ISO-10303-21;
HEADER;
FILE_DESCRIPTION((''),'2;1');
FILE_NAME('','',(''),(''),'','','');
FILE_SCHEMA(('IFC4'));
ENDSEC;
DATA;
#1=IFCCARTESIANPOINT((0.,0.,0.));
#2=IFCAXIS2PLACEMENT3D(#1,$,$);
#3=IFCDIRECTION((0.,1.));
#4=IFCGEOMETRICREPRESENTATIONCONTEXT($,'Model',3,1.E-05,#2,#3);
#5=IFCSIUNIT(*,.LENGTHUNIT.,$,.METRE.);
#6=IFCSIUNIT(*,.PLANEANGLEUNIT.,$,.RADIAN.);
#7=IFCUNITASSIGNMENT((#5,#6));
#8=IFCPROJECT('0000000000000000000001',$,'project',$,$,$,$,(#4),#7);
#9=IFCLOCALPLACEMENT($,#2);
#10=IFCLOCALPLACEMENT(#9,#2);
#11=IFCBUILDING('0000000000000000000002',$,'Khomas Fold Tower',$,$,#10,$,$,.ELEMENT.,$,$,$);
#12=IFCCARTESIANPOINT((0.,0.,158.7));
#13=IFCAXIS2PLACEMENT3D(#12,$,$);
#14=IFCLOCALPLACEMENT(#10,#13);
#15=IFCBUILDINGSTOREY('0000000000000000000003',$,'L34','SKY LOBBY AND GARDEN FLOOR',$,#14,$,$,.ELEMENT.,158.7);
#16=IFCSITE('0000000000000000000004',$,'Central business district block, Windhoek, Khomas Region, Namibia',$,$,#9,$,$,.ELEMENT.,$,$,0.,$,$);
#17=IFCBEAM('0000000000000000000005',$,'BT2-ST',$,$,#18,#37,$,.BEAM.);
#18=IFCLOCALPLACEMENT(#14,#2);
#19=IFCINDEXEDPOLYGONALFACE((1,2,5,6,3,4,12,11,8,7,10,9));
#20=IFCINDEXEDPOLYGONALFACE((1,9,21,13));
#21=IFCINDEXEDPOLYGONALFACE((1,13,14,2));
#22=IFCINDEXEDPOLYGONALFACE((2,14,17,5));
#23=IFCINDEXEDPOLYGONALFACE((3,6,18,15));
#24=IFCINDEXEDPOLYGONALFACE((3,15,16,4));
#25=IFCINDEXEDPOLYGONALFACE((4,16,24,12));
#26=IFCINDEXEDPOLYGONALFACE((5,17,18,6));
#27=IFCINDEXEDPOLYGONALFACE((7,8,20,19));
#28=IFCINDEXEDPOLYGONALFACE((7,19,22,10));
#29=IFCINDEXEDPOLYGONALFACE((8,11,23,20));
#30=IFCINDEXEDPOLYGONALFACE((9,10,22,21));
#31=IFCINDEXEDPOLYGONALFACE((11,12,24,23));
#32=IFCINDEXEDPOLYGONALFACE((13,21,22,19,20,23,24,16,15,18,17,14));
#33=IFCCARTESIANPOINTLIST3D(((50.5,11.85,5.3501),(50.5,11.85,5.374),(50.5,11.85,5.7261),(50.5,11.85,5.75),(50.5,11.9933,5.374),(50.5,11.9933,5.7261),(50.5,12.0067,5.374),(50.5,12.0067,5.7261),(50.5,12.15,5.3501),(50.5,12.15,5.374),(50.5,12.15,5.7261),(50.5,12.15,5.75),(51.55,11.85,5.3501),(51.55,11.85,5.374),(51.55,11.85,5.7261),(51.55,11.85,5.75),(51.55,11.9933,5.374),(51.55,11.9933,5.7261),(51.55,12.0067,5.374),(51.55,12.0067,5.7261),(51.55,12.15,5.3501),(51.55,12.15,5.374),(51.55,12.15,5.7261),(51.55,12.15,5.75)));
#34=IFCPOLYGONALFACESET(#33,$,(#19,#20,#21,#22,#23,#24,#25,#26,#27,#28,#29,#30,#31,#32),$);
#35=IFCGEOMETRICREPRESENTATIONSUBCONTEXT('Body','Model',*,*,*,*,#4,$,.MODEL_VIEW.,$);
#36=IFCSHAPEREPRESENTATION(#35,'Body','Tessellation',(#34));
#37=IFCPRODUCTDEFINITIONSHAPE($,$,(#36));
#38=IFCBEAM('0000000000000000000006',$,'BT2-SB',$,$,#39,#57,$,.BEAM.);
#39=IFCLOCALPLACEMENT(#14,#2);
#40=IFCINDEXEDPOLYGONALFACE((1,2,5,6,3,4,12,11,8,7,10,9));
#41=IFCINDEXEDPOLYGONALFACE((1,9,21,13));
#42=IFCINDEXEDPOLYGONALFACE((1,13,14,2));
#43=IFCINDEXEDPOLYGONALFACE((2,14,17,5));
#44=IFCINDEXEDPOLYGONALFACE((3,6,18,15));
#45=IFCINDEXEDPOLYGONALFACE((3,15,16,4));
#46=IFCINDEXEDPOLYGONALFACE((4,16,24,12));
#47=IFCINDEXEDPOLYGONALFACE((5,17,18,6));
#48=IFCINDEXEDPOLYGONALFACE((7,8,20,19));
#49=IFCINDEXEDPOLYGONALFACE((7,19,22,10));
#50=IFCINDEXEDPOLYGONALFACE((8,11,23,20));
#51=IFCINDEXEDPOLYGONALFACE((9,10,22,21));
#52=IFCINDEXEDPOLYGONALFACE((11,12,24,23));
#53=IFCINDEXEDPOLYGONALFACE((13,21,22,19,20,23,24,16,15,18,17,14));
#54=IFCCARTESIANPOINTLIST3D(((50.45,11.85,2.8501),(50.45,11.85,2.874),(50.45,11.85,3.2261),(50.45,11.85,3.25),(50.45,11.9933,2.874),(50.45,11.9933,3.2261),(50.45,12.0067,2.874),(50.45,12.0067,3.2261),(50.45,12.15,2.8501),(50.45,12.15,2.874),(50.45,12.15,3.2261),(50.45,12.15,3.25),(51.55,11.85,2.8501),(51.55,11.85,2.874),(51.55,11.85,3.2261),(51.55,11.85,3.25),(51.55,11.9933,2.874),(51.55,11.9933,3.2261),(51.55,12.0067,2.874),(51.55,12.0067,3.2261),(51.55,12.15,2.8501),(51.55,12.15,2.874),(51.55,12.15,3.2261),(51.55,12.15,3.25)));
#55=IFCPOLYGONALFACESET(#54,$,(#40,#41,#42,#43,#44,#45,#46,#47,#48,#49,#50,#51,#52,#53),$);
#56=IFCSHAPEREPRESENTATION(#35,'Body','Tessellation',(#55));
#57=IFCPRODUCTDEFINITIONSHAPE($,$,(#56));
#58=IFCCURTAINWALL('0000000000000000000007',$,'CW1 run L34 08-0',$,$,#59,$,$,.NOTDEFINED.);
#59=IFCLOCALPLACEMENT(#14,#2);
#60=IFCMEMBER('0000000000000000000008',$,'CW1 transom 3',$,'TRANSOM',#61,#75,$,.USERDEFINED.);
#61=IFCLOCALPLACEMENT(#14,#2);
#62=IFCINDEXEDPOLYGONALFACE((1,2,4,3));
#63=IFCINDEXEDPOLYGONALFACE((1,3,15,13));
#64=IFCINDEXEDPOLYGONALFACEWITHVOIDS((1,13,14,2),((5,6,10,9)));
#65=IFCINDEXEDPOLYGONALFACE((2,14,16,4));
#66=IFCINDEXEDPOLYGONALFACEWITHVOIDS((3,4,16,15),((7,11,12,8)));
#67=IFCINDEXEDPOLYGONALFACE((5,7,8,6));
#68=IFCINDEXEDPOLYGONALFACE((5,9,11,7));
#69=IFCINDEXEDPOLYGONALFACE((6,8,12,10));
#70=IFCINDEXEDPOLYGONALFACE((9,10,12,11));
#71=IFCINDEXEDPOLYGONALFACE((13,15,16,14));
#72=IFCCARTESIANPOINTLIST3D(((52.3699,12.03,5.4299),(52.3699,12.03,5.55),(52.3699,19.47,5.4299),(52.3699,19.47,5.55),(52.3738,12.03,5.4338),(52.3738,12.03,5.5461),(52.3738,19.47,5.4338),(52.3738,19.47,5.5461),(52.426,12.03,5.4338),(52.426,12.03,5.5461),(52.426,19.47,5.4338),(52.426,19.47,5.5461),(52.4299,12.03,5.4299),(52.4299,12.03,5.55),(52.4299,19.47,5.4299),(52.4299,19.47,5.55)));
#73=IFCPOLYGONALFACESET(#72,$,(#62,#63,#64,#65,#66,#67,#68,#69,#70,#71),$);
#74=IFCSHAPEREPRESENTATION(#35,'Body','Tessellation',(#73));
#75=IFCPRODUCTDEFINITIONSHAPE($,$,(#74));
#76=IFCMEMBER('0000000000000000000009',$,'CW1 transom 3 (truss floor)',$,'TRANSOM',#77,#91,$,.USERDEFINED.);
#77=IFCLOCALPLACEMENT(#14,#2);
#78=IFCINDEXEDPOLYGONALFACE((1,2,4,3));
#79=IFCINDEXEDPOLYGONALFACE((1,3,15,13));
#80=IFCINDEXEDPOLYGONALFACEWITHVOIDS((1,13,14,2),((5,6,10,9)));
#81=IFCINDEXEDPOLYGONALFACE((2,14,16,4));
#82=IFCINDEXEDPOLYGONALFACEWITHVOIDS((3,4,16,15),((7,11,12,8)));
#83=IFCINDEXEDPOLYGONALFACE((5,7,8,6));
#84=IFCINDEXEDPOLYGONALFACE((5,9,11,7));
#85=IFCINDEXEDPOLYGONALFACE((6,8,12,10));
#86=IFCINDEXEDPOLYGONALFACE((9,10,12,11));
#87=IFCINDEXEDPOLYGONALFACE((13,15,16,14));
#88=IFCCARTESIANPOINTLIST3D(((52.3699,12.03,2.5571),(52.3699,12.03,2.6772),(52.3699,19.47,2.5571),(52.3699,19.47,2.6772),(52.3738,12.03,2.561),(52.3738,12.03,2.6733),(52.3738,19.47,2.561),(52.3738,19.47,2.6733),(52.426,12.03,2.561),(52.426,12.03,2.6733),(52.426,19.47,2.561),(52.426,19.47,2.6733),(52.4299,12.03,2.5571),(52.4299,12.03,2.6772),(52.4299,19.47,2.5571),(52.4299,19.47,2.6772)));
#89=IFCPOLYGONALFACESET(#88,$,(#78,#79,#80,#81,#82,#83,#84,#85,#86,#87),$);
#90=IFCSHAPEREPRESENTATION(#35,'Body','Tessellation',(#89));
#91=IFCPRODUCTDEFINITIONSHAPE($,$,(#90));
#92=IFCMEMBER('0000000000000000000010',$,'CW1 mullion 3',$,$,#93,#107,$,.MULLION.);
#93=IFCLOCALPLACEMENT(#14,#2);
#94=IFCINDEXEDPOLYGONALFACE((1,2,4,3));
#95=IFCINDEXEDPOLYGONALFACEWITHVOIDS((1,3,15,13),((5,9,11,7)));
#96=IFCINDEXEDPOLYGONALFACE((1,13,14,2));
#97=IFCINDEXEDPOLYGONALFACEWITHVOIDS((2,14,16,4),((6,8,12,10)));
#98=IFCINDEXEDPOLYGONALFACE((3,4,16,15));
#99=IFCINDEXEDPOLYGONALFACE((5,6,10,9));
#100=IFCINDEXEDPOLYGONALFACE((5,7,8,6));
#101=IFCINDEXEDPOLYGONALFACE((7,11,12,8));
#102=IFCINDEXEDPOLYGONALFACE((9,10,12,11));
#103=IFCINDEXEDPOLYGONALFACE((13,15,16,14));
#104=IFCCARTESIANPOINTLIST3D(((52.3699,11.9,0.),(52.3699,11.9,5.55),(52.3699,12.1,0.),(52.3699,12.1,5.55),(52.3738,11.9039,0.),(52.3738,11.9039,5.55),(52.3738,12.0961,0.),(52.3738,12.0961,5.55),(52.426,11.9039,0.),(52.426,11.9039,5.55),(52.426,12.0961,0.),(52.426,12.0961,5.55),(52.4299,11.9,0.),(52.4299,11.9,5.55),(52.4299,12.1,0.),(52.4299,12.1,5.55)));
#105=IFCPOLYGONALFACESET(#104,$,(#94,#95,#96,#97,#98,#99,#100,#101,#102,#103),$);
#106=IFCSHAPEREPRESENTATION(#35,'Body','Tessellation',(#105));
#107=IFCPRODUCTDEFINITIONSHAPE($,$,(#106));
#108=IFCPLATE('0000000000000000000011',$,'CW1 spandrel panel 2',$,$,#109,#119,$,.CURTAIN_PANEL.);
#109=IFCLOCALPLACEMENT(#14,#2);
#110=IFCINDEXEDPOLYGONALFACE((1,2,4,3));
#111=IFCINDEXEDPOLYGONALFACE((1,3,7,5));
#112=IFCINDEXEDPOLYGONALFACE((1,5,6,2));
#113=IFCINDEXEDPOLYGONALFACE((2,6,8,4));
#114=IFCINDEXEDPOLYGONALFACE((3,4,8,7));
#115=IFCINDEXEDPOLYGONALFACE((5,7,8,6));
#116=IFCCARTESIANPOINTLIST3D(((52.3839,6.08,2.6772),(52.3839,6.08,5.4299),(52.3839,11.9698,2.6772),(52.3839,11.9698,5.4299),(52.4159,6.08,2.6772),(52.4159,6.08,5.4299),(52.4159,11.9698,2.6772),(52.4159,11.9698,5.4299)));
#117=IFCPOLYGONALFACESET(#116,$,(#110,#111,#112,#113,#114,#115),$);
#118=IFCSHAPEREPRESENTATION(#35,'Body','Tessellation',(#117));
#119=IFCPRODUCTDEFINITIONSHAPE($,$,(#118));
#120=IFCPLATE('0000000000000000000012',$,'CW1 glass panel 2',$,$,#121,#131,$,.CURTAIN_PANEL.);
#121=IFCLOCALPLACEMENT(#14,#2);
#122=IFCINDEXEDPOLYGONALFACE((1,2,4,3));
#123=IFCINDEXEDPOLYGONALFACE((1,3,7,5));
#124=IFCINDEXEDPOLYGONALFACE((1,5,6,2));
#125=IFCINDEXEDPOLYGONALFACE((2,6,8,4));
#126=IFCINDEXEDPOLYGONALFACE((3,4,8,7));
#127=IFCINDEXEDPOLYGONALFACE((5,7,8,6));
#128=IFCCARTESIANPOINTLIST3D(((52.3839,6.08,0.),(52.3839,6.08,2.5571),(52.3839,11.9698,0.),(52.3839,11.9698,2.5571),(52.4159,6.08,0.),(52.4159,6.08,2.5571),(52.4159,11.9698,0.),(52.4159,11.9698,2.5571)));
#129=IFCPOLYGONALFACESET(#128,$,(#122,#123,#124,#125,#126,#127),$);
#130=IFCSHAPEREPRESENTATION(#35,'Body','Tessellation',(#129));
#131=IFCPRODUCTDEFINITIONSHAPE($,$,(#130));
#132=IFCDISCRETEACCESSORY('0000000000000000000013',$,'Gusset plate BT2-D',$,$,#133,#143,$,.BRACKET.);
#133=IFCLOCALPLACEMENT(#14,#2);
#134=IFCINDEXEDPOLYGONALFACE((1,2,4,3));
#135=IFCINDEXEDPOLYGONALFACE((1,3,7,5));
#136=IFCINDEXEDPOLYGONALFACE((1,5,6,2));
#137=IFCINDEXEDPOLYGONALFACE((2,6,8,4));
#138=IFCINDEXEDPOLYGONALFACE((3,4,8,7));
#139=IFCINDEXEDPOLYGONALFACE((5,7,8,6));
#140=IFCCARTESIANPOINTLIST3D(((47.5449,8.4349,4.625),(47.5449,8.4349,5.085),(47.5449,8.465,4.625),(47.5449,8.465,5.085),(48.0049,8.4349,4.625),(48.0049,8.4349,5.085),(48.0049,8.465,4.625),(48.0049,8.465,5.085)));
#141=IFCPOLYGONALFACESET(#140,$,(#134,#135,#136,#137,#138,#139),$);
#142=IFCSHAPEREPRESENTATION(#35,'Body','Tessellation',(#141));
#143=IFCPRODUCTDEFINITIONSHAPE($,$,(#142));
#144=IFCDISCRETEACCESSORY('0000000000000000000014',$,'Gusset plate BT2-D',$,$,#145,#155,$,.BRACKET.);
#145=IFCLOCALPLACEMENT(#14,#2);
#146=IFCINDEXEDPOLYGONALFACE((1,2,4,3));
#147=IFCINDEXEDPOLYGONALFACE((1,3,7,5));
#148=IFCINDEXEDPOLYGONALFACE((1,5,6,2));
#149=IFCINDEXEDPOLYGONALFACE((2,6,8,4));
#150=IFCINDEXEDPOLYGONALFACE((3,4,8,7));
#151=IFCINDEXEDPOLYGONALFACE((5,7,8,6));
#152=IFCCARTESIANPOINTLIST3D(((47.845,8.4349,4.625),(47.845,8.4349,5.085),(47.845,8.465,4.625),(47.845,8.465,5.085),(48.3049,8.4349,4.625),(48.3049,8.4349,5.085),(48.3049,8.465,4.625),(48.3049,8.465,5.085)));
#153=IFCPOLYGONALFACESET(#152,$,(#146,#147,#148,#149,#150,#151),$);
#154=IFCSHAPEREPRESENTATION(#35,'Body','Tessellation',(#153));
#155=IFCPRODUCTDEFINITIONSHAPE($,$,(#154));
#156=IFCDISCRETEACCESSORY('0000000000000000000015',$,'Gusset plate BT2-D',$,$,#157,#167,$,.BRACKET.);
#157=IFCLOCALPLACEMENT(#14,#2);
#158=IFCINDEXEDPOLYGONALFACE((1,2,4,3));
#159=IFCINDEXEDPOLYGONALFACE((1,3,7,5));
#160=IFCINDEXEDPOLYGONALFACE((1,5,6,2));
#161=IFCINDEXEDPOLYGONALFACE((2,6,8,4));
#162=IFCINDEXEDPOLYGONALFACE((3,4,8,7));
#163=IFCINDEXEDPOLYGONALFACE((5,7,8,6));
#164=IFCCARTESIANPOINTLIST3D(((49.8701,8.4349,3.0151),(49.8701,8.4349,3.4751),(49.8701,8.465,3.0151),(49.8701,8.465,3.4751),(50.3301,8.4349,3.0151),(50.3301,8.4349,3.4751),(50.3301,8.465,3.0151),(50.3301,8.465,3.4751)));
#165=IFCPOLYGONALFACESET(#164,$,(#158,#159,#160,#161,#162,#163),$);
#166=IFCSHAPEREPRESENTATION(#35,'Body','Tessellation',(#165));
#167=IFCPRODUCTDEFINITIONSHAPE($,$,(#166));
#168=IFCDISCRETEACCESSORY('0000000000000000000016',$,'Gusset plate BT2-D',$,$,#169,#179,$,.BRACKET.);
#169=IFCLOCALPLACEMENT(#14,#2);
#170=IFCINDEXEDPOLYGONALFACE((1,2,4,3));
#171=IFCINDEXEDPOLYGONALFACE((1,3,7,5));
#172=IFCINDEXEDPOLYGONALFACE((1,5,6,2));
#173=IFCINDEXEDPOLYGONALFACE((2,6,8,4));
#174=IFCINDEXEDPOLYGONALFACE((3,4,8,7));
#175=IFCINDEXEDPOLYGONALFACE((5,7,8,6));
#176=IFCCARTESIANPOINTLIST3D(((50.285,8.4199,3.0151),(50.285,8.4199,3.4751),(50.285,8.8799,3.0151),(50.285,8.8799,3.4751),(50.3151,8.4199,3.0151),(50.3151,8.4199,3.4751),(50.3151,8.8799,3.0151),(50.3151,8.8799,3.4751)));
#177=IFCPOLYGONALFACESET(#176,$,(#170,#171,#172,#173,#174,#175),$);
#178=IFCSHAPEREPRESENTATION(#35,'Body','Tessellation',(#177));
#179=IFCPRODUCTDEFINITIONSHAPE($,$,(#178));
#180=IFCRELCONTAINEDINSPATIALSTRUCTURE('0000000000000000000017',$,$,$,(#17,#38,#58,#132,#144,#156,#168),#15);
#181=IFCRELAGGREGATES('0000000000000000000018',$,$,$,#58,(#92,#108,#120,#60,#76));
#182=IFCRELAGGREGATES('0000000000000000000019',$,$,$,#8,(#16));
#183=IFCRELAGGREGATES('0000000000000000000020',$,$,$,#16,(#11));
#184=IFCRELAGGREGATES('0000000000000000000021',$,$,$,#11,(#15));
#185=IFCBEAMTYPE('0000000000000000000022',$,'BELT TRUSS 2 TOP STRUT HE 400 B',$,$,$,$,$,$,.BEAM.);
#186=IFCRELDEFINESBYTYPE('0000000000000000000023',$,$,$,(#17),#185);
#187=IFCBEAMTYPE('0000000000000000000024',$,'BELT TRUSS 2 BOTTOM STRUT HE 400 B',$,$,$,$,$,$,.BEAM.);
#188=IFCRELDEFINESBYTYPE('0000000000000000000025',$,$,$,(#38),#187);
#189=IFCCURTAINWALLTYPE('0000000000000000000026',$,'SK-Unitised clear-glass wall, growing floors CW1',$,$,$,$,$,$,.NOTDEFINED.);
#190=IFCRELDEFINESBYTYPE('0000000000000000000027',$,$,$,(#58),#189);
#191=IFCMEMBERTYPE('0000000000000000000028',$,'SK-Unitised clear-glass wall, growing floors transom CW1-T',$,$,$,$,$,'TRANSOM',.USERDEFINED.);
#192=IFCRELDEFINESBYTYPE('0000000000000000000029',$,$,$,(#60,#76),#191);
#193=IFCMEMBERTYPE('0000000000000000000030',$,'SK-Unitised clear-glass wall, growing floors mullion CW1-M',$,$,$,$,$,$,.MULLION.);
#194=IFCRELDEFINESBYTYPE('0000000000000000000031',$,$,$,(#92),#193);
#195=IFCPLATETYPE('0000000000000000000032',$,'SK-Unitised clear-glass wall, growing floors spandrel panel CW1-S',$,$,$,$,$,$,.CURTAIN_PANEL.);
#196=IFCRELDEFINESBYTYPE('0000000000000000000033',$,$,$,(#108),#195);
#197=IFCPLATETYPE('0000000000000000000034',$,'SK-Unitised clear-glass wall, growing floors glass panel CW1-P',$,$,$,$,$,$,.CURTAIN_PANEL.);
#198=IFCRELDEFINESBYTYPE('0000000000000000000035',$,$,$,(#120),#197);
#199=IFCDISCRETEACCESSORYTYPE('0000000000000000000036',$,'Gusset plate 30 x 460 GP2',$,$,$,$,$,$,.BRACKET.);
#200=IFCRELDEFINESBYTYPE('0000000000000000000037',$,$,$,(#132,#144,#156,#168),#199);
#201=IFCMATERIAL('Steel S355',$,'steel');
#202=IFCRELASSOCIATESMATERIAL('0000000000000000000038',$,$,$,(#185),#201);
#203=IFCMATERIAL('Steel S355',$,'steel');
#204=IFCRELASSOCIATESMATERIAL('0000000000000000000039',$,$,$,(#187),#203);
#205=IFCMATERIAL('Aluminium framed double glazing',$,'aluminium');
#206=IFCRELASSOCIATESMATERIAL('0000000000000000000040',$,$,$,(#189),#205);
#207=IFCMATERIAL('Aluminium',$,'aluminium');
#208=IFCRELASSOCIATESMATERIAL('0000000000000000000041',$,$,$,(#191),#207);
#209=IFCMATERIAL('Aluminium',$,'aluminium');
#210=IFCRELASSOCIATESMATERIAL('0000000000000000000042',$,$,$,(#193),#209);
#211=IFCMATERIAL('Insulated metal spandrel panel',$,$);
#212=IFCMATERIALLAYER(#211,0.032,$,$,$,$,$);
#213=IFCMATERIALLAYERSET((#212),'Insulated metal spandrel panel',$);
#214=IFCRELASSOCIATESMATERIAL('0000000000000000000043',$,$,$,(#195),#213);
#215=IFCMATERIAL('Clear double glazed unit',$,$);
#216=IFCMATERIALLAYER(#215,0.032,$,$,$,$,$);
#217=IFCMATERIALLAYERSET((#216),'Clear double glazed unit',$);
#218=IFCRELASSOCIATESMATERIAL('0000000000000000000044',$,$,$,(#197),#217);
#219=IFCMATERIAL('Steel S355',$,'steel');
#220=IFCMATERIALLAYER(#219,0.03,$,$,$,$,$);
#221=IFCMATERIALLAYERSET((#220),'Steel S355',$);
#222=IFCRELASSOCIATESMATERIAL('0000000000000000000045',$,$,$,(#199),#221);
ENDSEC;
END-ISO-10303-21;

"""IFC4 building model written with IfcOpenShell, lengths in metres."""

from ifc_helpers import new_model, si_unit, direction, frame, origin, origin_2d, place, context, subcontext, project, spatial, rectangle, hollow_rectangle, i_section, extrude, source, transform, mapped, material, layer, layer_set, material_profile, profile_set, type_object, element, aggregate, save


model = new_model("IFC4")

# Units and contexts
model_context = context("Model", 3, precision=1e-05, world=origin(), true_north=direction((0.0, 1.0)))
body_context = subcontext(model_context, "Body", "Model", "MODEL_VIEW")
ifc_project = project(units=[si_unit("LENGTHUNIT", "METRE"), si_unit("PLANEANGLEUNIT", "RADIAN")], contexts=[model_context])

# Site, building, storey
site_placement = place(None, origin())
site = spatial("IfcSite", under=ifc_project, at=site_placement, Name="Central business district block, Windhoek, Khomas Region, Namibia", CompositionType="ELEMENT", RefElevation=0.0)
building_placement = place(site_placement, origin())
building = spatial("IfcBuilding", under=site, at=building_placement, Name="Khomas Fold Tower", CompositionType="ELEMENT")
storey_placement = place(building_placement, frame((0.0, 0.0, 158.7)))
storey = spatial("IfcBuildingStorey", under=building, at=storey_placement, Name="L34", Description="SKY LOBBY AND GARDEN FLOOR", CompositionType="ELEMENT", Elevation=158.7)

# Beams
ifc_material_1 = material(Name="Steel S355", Category="steel")
ifc_material_profile_1 = material_profile(ifc_material_1, i_section(OverallWidth=0.3, OverallDepth=0.3999, WebThickness=0.0134, FlangeThickness=0.0239, at=origin_2d()), Name="HE 400 B")
ifc_profile_set_1 = profile_set([ifc_material_profile_1], Name="Steel S355")
beam_type_1 = type_object("IfcBeamType", Name="BELT TRUSS 2 TOP STRUT HE 400 B", PredefinedType="BEAM", material=ifc_profile_set_1)
shared_shape_1 = source(origin(), body_context, "Body", "SweptSolid", [
    extrude(i_section(OverallWidth=0.3, OverallDepth=0.3999, WebThickness=0.0134, FlangeThickness=0.0239, at=origin_2d()), origin(), (0.0, 0.0, 1.0), 1.05),
])
beam_1_placement = place(storey_placement, frame((50.5, 12.0, 5.55), z_axis=(1.0, 0.0, 0.0), x_axis=(0.0, 1.0, 0.0)))
element("IfcBeam", 1, at=beam_1_placement, inside=storey, type_object=beam_type_1, Name="BT2-ST", PredefinedType="BEAM", context=body_context, shape_type="MappedRepresentation", body=[
    mapped(shared_shape_1, transform((0.0, 0.0, 0.0))),
])
ifc_material_2 = material(Name="Steel S355", Category="steel")
ifc_material_profile_2 = material_profile(ifc_material_2, i_section(OverallWidth=0.3, OverallDepth=0.3999, WebThickness=0.0134, FlangeThickness=0.0239, at=origin_2d()), Name="HE 400 B")
ifc_profile_set_2 = profile_set([ifc_material_profile_2], Name="Steel S355")
beam_type_2 = type_object("IfcBeamType", Name="BELT TRUSS 2 BOTTOM STRUT HE 400 B", PredefinedType="BEAM", material=ifc_profile_set_2)
shared_shape_2 = source(origin(), body_context, "Body", "SweptSolid", [
    extrude(i_section(OverallWidth=0.3, OverallDepth=0.3999, WebThickness=0.0134, FlangeThickness=0.0239, at=origin_2d()), origin(), (0.0, 0.0, 1.0), 1.1001),
])
beam_2_placement = place(storey_placement, frame((50.45, 12.0, 3.05), z_axis=(1.0, 0.0, 0.0), x_axis=(0.0, 1.0, 0.0)))
element("IfcBeam", 2, at=beam_2_placement, inside=storey, type_object=beam_type_2, Name="BT2-SB", PredefinedType="BEAM", context=body_context, shape_type="MappedRepresentation", body=[
    mapped(shared_shape_2, transform((0.0, 0.0, 0.0))),
])

# Curtain wall, members, plates
ifc_material_3 = material(Name="Aluminium framed double glazing", Category="aluminium")
curtain_wall_type = type_object("IfcCurtainWallType", Name="SK-Unitised clear-glass wall, growing floors CW1", PredefinedType="NOTDEFINED", material=ifc_material_3)
curtain_wall_placement = place(storey_placement, origin())
curtain_wall = element("IfcCurtainWall", 3, at=curtain_wall_placement, inside=storey, type_object=curtain_wall_type, Name="CW1 run L34 08-0", PredefinedType="NOTDEFINED")
ifc_material_4 = material(Name="Aluminium", Category="aluminium")
ifc_material_profile_3 = material_profile(ifc_material_4, hollow_rectangle(XDim=0.0601, YDim=0.1201, WallThickness=0.0039, at=origin_2d()), Name="SK-Unitised clear-glass wall, growing floors transom CW1-T")
ifc_profile_set_3 = profile_set([ifc_material_profile_3], Name="Aluminium")
member_type_1 = type_object("IfcMemberType", Name="SK-Unitised clear-glass wall, growing floors transom CW1-T", ElementType="TRANSOM", PredefinedType="USERDEFINED", material=ifc_profile_set_3)
shared_shape_3 = source(origin(), body_context, "Body", "SweptSolid", [
    extrude(hollow_rectangle(XDim=0.0601, YDim=0.1201, WallThickness=0.0039, at=origin_2d()), origin(), (0.0, 0.0, 1.0), 7.4399),
])
member_1_placement = place(storey_placement, frame((52.3999, 12.03, 5.49), z_axis=(0.0, 1.0, 0.0), x_axis=(-1.0, 0.0, 0.0)))
member_1 = element("IfcMember", 4, at=member_1_placement, type_object=member_type_1, Name="CW1 transom 3", ObjectType="TRANSOM", PredefinedType="USERDEFINED", context=body_context, shape_type="MappedRepresentation", body=[
    mapped(shared_shape_3, transform((0.0, 0.0, 0.0))),
])
member_2_placement = place(storey_placement, frame((52.3999, 12.03, 2.6172), z_axis=(0.0, 1.0, 0.0), x_axis=(-1.0, 0.0, 0.0)))
member_2 = element("IfcMember", 5, at=member_2_placement, type_object=member_type_1, Name="CW1 transom 3 (truss floor)", ObjectType="TRANSOM", PredefinedType="USERDEFINED", context=body_context, shape_type="MappedRepresentation", body=[
    mapped(shared_shape_3, transform((0.0, 0.0, 0.0))),
])
ifc_material_5 = material(Name="Aluminium", Category="aluminium")
ifc_material_profile_4 = material_profile(ifc_material_5, hollow_rectangle(XDim=0.0601, YDim=0.2, WallThickness=0.0039, at=origin_2d()), Name="SK-Unitised clear-glass wall, growing floors mullion CW1-M")
ifc_profile_set_4 = profile_set([ifc_material_profile_4], Name="Aluminium")
member_type_2 = type_object("IfcMemberType", Name="SK-Unitised clear-glass wall, growing floors mullion CW1-M", PredefinedType="MULLION", material=ifc_profile_set_4)
shared_shape_4 = source(origin(), body_context, "Body", "SweptSolid", [
    extrude(hollow_rectangle(XDim=0.0601, YDim=0.2, WallThickness=0.0039, at=origin_2d()), origin(), (0.0, 0.0, 1.0), 5.55),
])
member_3_placement = place(storey_placement, frame((52.3999, 12.0, 0.0), z_axis=(0.0, 0.0, 1.0), x_axis=(-1.0, 0.0, 0.0)))
member_3 = element("IfcMember", 6, at=member_3_placement, type_object=member_type_2, Name="CW1 mullion 3", PredefinedType="MULLION", context=body_context, shape_type="MappedRepresentation", body=[
    mapped(shared_shape_4, transform((0.0, 0.0, 0.0))),
])
ifc_material_6 = material(Name="Insulated metal spandrel panel")
ifc_layer_1 = layer(ifc_material_6, 0.032)
ifc_layer_set_1 = layer_set([ifc_layer_1], Name="Insulated metal spandrel panel")
plate_type_1 = type_object("IfcPlateType", Name="SK-Unitised clear-glass wall, growing floors spandrel panel CW1-S", PredefinedType="CURTAIN_PANEL", material=ifc_layer_set_1)
shared_shape_5 = source(origin(), body_context, "Body", "SweptSolid", [
    extrude(rectangle(XDim=5.8899, YDim=0.032, at=origin_2d()), origin(), (0.0, 0.0, 1.0), 2.7527),
])
plate_1_placement = place(storey_placement, frame((52.3999, 9.0249, 2.6772), z_axis=(0.0, 0.0, 1.0), x_axis=(0.0, 1.0, 0.0)))
plate_1 = element("IfcPlate", 7, at=plate_1_placement, type_object=plate_type_1, Name="CW1 spandrel panel 2", PredefinedType="CURTAIN_PANEL", context=body_context, shape_type="MappedRepresentation", body=[
    mapped(shared_shape_5, transform((0.0, 0.0, 0.0))),
])
ifc_material_7 = material(Name="Clear double glazed unit")
ifc_layer_2 = layer(ifc_material_7, 0.032)
ifc_layer_set_2 = layer_set([ifc_layer_2], Name="Clear double glazed unit")
plate_type_2 = type_object("IfcPlateType", Name="SK-Unitised clear-glass wall, growing floors glass panel CW1-P", PredefinedType="CURTAIN_PANEL", material=ifc_layer_set_2)
shared_shape_6 = source(origin(), body_context, "Body", "SweptSolid", [
    extrude(rectangle(XDim=5.8899, YDim=0.032, at=origin_2d()), origin(), (0.0, 0.0, 1.0), 2.5571),
])
plate_2_placement = place(storey_placement, frame((52.3999, 9.0249, 0.0), z_axis=(0.0, 0.0, 1.0), x_axis=(0.0, 1.0, 0.0)))
plate_2 = element("IfcPlate", 8, at=plate_2_placement, type_object=plate_type_2, Name="CW1 glass panel 2", PredefinedType="CURTAIN_PANEL", context=body_context, shape_type="MappedRepresentation", body=[
    mapped(shared_shape_6, transform((0.0, 0.0, 0.0))),
])
aggregate(curtain_wall, [member_3, plate_1, plate_2, member_1, member_2])

# Discrete accessories
ifc_material_8 = material(Name="Steel S355", Category="steel")
ifc_layer_3 = layer(ifc_material_8, 0.03)
ifc_layer_set_3 = layer_set([ifc_layer_3], Name="Steel S355")
discrete_accessory_type = type_object("IfcDiscreteAccessoryType", Name="Gusset plate 30 x 460 GP2", PredefinedType="BRACKET", material=ifc_layer_set_3)
shared_shape_7 = source(origin(), body_context, "Body", "SweptSolid", [
    extrude(rectangle(XDim=0.46, YDim=0.03, at=origin_2d()), origin(), (0.0, 0.0, 1.0), 0.46),
])
for number, where, z_axis, x_axis, name in (
    (9, (47.7749, 8.45, 4.625), (0.0, 0.0, 1.0), (1.0, 0.0, 0.0), "Gusset plate BT2-D"),
    (10, (48.075, 8.45, 4.625), (0.0, 0.0, 1.0), (1.0, 0.0, 0.0), "Gusset plate BT2-D"),
    (11, (50.1001, 8.45, 3.0151), (0.0, 0.0, 1.0), (1.0, 0.0, 0.0), "Gusset plate BT2-D"),
    (12, (50.3, 8.6499, 3.0151), (0.0, 0.0, 1.0), (0.0, 1.0, 0.0), "Gusset plate BT2-D"),
):
    element("IfcDiscreteAccessory", number, at=place(storey_placement, frame(where, z_axis=z_axis, x_axis=x_axis)), inside=storey, type_object=discrete_accessory_type, Name=name, PredefinedType="BRACKET", context=body_context, shape_type="MappedRepresentation", body=[
        mapped(shared_shape_7, transform((0.0, 0.0, 0.0))),
    ])

save(model, "model.ifc")
